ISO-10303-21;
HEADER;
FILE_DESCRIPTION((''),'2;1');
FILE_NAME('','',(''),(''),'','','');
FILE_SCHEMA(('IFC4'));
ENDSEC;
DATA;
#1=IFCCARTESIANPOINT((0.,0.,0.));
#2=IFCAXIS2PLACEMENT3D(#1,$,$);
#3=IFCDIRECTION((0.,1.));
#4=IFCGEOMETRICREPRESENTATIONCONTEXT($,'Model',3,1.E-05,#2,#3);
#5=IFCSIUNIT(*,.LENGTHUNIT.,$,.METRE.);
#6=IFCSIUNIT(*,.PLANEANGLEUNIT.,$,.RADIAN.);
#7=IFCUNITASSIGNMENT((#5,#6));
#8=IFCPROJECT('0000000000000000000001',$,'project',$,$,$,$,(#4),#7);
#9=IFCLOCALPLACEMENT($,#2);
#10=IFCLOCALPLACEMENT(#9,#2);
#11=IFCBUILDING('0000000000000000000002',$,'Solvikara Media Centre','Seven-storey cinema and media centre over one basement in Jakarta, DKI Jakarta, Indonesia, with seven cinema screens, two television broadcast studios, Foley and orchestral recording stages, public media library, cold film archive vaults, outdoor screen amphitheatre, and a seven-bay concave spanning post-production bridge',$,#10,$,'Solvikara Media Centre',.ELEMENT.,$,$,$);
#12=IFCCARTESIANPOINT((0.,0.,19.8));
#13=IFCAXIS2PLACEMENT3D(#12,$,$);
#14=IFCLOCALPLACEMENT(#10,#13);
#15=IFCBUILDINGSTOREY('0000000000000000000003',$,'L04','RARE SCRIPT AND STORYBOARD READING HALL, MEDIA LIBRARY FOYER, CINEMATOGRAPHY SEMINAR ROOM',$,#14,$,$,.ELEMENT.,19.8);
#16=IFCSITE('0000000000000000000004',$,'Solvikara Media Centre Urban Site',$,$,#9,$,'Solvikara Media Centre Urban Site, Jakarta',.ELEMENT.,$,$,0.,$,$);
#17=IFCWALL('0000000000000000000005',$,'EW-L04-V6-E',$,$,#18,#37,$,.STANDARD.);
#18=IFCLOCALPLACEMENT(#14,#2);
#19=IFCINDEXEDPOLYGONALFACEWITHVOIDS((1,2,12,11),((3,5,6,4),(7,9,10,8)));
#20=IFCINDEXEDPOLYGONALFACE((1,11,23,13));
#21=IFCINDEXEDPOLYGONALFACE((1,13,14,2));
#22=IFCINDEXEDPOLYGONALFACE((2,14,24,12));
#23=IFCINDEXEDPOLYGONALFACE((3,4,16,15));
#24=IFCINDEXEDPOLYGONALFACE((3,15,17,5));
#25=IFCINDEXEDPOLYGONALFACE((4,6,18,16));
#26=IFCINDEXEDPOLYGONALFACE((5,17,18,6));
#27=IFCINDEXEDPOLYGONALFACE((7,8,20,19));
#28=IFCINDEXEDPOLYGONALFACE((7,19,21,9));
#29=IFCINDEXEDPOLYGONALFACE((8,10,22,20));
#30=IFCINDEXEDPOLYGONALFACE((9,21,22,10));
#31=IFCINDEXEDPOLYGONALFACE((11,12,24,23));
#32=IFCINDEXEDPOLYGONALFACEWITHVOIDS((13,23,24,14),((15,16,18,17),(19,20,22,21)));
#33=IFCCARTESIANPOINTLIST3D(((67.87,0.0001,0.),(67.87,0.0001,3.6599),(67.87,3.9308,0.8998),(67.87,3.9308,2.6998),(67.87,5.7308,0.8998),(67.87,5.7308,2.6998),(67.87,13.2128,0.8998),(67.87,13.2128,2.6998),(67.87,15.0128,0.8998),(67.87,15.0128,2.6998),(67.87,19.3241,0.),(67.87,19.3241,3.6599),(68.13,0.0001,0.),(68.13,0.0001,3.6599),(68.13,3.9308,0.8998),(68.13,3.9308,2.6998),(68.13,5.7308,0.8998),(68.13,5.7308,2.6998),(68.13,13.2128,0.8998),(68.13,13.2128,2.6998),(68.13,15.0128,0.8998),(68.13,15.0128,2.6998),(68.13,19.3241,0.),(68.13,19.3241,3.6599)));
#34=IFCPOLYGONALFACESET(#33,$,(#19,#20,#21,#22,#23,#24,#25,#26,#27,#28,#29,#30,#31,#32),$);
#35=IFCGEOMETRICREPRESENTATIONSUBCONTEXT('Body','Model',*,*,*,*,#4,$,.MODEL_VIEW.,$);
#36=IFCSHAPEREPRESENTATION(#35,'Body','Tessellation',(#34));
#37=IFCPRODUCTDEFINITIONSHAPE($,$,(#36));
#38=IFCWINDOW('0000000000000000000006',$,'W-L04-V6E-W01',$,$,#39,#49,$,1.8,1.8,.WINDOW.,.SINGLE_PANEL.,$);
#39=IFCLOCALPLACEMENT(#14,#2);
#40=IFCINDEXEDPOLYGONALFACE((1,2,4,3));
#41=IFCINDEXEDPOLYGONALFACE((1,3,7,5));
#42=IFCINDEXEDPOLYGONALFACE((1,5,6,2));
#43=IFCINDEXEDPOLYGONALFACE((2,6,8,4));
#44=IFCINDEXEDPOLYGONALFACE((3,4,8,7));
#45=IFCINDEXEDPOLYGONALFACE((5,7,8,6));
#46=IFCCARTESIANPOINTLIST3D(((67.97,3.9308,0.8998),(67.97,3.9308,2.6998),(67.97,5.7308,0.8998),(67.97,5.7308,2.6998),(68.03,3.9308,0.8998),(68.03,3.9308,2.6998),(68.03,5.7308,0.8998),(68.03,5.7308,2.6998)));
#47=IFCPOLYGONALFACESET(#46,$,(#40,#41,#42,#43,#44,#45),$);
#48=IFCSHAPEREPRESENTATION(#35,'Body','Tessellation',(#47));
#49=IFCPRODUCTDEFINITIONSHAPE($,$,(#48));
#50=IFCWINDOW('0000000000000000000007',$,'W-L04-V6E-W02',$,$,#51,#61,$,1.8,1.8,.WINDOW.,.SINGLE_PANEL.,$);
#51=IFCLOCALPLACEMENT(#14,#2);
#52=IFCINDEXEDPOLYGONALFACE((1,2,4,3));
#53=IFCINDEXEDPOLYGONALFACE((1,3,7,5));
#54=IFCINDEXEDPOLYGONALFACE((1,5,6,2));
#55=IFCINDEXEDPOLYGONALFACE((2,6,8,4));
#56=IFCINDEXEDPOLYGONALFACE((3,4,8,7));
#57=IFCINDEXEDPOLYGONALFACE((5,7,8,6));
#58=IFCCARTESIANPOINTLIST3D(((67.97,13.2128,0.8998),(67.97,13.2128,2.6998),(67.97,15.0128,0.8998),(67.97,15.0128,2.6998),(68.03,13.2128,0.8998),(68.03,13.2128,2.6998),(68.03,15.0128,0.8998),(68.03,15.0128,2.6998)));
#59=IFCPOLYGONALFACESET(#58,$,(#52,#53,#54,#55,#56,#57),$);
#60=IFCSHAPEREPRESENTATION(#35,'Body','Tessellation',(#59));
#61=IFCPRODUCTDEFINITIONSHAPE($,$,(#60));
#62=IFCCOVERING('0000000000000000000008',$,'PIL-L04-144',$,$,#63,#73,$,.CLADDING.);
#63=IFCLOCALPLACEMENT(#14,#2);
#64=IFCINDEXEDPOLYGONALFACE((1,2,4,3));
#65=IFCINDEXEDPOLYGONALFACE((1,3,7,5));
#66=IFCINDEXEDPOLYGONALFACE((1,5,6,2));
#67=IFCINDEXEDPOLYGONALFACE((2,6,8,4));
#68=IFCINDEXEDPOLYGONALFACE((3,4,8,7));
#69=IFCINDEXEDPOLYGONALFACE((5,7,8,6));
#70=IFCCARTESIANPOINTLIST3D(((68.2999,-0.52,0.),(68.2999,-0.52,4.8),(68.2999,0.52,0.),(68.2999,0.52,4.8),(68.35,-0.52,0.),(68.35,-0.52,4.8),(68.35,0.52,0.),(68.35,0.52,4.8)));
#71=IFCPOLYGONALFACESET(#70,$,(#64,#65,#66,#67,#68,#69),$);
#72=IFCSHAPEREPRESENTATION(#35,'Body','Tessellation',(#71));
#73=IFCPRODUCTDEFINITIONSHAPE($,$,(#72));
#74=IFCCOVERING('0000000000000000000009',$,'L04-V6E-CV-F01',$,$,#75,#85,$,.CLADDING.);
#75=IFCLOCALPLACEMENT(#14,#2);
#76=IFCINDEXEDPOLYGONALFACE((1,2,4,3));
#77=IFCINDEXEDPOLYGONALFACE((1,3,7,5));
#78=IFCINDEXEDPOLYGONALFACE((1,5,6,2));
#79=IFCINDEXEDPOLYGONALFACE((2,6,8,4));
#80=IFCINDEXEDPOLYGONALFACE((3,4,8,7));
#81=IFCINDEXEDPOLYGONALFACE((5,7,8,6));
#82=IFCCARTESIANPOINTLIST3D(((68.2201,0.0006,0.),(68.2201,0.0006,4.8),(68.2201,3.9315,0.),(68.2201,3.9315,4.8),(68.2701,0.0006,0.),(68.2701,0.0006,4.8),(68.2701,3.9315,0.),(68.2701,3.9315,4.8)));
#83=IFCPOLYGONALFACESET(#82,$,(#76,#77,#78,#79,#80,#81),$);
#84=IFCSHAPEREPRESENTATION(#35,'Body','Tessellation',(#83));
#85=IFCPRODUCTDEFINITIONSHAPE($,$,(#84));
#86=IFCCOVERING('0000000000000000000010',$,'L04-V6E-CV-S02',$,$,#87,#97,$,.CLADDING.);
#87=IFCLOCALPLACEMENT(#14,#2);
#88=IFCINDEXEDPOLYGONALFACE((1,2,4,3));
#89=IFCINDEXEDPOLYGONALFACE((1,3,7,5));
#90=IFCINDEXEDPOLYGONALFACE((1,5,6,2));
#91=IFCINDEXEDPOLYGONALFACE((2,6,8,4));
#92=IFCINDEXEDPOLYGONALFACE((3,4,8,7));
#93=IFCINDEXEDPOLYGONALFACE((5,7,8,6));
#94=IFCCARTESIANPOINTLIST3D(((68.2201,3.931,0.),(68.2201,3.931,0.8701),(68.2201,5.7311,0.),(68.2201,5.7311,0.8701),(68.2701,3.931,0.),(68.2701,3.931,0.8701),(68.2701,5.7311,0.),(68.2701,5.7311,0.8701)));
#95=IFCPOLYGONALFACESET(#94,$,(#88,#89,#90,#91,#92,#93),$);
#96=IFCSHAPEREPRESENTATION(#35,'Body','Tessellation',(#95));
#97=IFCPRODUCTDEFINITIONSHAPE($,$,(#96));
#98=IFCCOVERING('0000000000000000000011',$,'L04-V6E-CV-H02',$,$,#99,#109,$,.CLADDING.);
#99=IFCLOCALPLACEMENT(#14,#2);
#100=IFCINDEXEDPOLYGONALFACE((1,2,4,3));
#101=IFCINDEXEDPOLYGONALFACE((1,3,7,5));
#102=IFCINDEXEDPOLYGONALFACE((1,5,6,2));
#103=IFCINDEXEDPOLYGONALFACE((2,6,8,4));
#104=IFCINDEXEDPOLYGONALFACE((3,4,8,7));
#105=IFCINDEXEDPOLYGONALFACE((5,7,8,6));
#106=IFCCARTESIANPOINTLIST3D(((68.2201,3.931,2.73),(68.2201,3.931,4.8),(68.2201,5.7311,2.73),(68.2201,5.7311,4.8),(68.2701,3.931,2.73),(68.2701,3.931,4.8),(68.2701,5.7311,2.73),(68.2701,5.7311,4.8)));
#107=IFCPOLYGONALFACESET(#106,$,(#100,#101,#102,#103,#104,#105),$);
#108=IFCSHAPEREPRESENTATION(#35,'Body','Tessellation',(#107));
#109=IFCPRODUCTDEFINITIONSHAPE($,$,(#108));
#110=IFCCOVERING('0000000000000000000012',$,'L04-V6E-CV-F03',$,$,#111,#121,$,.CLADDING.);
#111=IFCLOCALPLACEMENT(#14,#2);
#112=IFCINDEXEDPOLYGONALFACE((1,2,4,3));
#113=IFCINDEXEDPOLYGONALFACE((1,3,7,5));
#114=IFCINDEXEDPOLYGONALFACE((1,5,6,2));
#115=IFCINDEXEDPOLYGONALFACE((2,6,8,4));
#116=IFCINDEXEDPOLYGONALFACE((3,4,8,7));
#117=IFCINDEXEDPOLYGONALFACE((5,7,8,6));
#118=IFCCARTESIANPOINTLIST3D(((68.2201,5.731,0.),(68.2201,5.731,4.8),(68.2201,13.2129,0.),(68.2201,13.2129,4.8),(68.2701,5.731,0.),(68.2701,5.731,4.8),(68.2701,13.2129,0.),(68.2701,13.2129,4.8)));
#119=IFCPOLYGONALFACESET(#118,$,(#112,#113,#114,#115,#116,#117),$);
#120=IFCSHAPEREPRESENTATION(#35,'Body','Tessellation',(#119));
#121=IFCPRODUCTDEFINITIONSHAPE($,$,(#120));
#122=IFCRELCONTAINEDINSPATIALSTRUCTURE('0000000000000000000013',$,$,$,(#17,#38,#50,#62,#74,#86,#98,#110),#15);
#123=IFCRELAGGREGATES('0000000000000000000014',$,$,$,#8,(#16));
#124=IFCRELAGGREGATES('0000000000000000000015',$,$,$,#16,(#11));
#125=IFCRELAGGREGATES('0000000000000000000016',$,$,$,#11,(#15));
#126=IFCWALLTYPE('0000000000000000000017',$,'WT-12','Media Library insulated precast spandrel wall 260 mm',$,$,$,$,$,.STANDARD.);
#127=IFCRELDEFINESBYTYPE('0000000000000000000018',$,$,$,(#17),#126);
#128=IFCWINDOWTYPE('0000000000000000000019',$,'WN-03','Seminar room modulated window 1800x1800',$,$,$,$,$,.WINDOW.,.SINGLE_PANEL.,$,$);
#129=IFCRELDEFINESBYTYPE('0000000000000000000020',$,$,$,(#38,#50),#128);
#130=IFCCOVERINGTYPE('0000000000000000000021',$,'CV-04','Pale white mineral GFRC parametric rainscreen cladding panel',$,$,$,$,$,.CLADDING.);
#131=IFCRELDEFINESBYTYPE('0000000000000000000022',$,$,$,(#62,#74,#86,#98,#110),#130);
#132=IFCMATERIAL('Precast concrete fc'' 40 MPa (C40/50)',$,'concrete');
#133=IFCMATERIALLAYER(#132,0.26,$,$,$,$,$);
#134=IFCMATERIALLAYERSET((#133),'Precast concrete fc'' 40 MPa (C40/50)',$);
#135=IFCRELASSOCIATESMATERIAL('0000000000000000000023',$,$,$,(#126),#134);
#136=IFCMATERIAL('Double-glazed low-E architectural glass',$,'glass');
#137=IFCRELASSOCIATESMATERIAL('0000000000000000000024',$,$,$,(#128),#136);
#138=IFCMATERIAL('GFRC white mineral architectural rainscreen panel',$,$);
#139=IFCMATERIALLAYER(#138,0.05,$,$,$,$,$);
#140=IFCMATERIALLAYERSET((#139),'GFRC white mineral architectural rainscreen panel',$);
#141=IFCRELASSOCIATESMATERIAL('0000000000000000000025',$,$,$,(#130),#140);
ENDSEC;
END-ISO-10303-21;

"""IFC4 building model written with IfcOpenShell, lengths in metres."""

from ifc_helpers import new_model, si_unit, direction, frame, frame_2d, origin, origin_2d, place, context, subcontext, project, spatial, rectangle, extrude, material, layer, layer_set, type_object, element, fill, save


model = new_model("IFC4")

# Units and contexts
model_context = context("Model", 3, precision=1e-05, world=origin(), true_north=direction((0.0, 1.0)))
body_context = subcontext(model_context, "Body", "Model", "MODEL_VIEW")
ifc_project = project(units=[si_unit("LENGTHUNIT", "METRE"), si_unit("PLANEANGLEUNIT", "RADIAN")], contexts=[model_context])

# Site, building, storey
site_placement = place(None, origin())
site = spatial("IfcSite", under=ifc_project, at=site_placement, Name="Solvikara Media Centre Urban Site", LongName="Solvikara Media Centre Urban Site, Jakarta", CompositionType="ELEMENT", RefElevation=0.0)
building_placement = place(site_placement, origin())
building = spatial("IfcBuilding", under=site, at=building_placement, Name="Solvikara Media Centre", Description="Seven-storey cinema and media centre over one basement in Jakarta, DKI Jakarta, Indonesia, with seven cinema screens, two television broadcast studios, Foley and orchestral recording stages, public media library, cold film archive vaults, outdoor screen amphitheatre, and a seven-bay concave spanning post-production bridge", LongName="Solvikara Media Centre", CompositionType="ELEMENT")
storey_placement = place(building_placement, frame((0.0, 0.0, 19.8)))
storey = spatial("IfcBuildingStorey", under=building, at=storey_placement, Name="L04", Description="RARE SCRIPT AND STORYBOARD READING HALL, MEDIA LIBRARY FOYER, CINEMATOGRAPHY SEMINAR ROOM", CompositionType="ELEMENT", Elevation=19.8)

# Wall, openings, windows
ifc_material_1 = material(Name="Precast concrete fc' 40 MPa (C40/50)", Category="concrete")
ifc_layer_1 = layer(ifc_material_1, 0.26)
ifc_layer_set_1 = layer_set([ifc_layer_1], Name="Precast concrete fc' 40 MPa (C40/50)")
wall_type = type_object("IfcWallType", Name="WT-12", Description="Media Library insulated precast spandrel wall 260 mm", PredefinedType="STANDARD", material=ifc_layer_set_1)
wall_placement = place(storey_placement, frame((68.0, 0.0, 0.0), z_axis=(0.0, 0.0, 1.0), x_axis=(0.0, 1.0, 0.0)))
wall = element("IfcWall", 1, at=wall_placement, inside=storey, type_object=wall_type, Name="EW-L04-V6-E", PredefinedType="STANDARD", context=body_context, shape_type="SweptSolid", body=[
    extrude(rectangle(XDim=19.324, YDim=0.26, at=frame_2d((9.6621, 0.0))), origin(), (0.0, 0.0, 1.0), 3.6599),
])
opening_1_placement = place(wall_placement, frame((3.9309, 0.0, 0.8999)))
opening_1 = element("IfcOpeningElement", 2, at=opening_1_placement, cuts=wall, PredefinedType="OPENING", context=body_context, shape_type="SweptSolid", body=[
    extrude(rectangle(XDim=1.8, YDim=1.8, at=frame_2d((0.8999, 0.8999))), frame((0.0, 0.1421, 0.0), z_axis=(0.0, -1.0, 0.0), x_axis=(1.0, 0.0, 0.0)), (0.0, 0.0, 1.0), 0.2839),
])
opening_2_placement = place(wall_placement, frame((13.2129, 0.0, 0.8999)))
opening_2 = element("IfcOpeningElement", 3, at=opening_2_placement, cuts=wall, PredefinedType="OPENING", context=body_context, shape_type="SweptSolid", body=[
    extrude(rectangle(XDim=1.8, YDim=1.8, at=frame_2d((0.8999, 0.8999))), frame((0.0, 0.1421, 0.0), z_axis=(0.0, -1.0, 0.0), x_axis=(1.0, 0.0, 0.0)), (0.0, 0.0, 1.0), 0.2839),
])
ifc_material_2 = material(Name="Double-glazed low-E architectural glass", Category="glass")
window_type = type_object("IfcWindowType", Name="WN-03", Description="Seminar room modulated window 1800x1800", PartitioningType="SINGLE_PANEL", PredefinedType="WINDOW", material=ifc_material_2)
window_1_placement = place(opening_1_placement, origin())
window_1 = element("IfcWindow", 4, at=window_1_placement, inside=storey, type_object=window_type, Name="W-L04-V6E-W01", OverallHeight=1.8, OverallWidth=1.8, PartitioningType="SINGLE_PANEL", PredefinedType="WINDOW", context=body_context, shape_type="SweptSolid", body=[
    extrude(rectangle(XDim=1.8, YDim=1.8, at=frame_2d((0.8999, 0.8999))), frame((0.0, 0.03, 0.0), z_axis=(0.0, -1.0, 0.0), x_axis=(1.0, 0.0, 0.0)), (0.0, 0.0, 1.0), 0.0601),
])
fill(opening_1, window_1)
window_2_placement = place(opening_2_placement, origin())
window_2 = element("IfcWindow", 5, at=window_2_placement, inside=storey, type_object=window_type, Name="W-L04-V6E-W02", OverallHeight=1.8, OverallWidth=1.8, PartitioningType="SINGLE_PANEL", PredefinedType="WINDOW", context=body_context, shape_type="SweptSolid", body=[
    extrude(rectangle(XDim=1.8, YDim=1.8, at=frame_2d((0.8999, 0.8999))), frame((0.0, 0.03, 0.0), z_axis=(0.0, -1.0, 0.0), x_axis=(1.0, 0.0, 0.0)), (0.0, 0.0, 1.0), 0.0601),
])
fill(opening_2, window_2)

# Coverings
ifc_material_3 = material(Name="GFRC white mineral architectural rainscreen panel")
ifc_layer_2 = layer(ifc_material_3, 0.05)
ifc_layer_set_2 = layer_set([ifc_layer_2], Name="GFRC white mineral architectural rainscreen panel")
covering_type = type_object("IfcCoveringType", Name="CV-04", Description="Pale white mineral GFRC parametric rainscreen cladding panel", PredefinedType="CLADDING", material=ifc_layer_set_2)
covering_1_placement = place(storey_placement, frame((68.325, 0.0, 0.0), z_axis=(0.0, 0.0, 1.0), x_axis=(0.0, 1.0, 0.0)))
element("IfcCovering", 6, at=covering_1_placement, inside=storey, type_object=covering_type, Name="PIL-L04-144", PredefinedType="CLADDING", context=body_context, shape_type="SweptSolid", body=[
    extrude(rectangle(XDim=1.04, YDim=0.05, at=origin_2d()), origin(), (0.0, 0.0, 1.0), 4.8),
])
covering_2_placement = place(storey_placement, frame((68.2451, 1.9661, 0.0), z_axis=(0.0, 0.0, 1.0), x_axis=(0.0, 1.0, 0.0)))
element("IfcCovering", 7, at=covering_2_placement, inside=storey, type_object=covering_type, Name="L04-V6E-CV-F01", PredefinedType="CLADDING", context=body_context, shape_type="SweptSolid", body=[
    extrude(rectangle(XDim=3.9309, YDim=0.05, at=origin_2d()), origin(), (0.0, 0.0, 1.0), 4.8),
])
covering_3_placement = place(storey_placement, frame((68.2451, 4.8311, 0.0), z_axis=(0.0, 0.0, 1.0), x_axis=(0.0, 1.0, 0.0)))
element("IfcCovering", 8, at=covering_3_placement, inside=storey, type_object=covering_type, Name="L04-V6E-CV-S02", PredefinedType="CLADDING", context=body_context, shape_type="SweptSolid", body=[
    extrude(rectangle(XDim=1.8, YDim=0.05, at=origin_2d()), origin(), (0.0, 0.0, 1.0), 0.8701),
])
covering_4_placement = place(storey_placement, frame((68.2451, 4.8311, 2.73), z_axis=(0.0, 0.0, 1.0), x_axis=(0.0, 1.0, 0.0)))
element("IfcCovering", 9, at=covering_4_placement, inside=storey, type_object=covering_type, Name="L04-V6E-CV-H02", PredefinedType="CLADDING", context=body_context, shape_type="SweptSolid", body=[
    extrude(rectangle(XDim=1.8, YDim=0.05, at=origin_2d()), origin(), (0.0, 0.0, 1.0), 2.0701),
])
covering_5_placement = place(storey_placement, frame((68.2451, 9.4719, 0.0), z_axis=(0.0, 0.0, 1.0), x_axis=(0.0, 1.0, 0.0)))
element("IfcCovering", 10, at=covering_5_placement, inside=storey, type_object=covering_type, Name="L04-V6E-CV-F03", PredefinedType="CLADDING", context=body_context, shape_type="SweptSolid", body=[
    extrude(rectangle(XDim=7.4819, YDim=0.05, at=origin_2d()), origin(), (0.0, 0.0, 1.0), 4.8),
])

save(model, "model.ifc")
